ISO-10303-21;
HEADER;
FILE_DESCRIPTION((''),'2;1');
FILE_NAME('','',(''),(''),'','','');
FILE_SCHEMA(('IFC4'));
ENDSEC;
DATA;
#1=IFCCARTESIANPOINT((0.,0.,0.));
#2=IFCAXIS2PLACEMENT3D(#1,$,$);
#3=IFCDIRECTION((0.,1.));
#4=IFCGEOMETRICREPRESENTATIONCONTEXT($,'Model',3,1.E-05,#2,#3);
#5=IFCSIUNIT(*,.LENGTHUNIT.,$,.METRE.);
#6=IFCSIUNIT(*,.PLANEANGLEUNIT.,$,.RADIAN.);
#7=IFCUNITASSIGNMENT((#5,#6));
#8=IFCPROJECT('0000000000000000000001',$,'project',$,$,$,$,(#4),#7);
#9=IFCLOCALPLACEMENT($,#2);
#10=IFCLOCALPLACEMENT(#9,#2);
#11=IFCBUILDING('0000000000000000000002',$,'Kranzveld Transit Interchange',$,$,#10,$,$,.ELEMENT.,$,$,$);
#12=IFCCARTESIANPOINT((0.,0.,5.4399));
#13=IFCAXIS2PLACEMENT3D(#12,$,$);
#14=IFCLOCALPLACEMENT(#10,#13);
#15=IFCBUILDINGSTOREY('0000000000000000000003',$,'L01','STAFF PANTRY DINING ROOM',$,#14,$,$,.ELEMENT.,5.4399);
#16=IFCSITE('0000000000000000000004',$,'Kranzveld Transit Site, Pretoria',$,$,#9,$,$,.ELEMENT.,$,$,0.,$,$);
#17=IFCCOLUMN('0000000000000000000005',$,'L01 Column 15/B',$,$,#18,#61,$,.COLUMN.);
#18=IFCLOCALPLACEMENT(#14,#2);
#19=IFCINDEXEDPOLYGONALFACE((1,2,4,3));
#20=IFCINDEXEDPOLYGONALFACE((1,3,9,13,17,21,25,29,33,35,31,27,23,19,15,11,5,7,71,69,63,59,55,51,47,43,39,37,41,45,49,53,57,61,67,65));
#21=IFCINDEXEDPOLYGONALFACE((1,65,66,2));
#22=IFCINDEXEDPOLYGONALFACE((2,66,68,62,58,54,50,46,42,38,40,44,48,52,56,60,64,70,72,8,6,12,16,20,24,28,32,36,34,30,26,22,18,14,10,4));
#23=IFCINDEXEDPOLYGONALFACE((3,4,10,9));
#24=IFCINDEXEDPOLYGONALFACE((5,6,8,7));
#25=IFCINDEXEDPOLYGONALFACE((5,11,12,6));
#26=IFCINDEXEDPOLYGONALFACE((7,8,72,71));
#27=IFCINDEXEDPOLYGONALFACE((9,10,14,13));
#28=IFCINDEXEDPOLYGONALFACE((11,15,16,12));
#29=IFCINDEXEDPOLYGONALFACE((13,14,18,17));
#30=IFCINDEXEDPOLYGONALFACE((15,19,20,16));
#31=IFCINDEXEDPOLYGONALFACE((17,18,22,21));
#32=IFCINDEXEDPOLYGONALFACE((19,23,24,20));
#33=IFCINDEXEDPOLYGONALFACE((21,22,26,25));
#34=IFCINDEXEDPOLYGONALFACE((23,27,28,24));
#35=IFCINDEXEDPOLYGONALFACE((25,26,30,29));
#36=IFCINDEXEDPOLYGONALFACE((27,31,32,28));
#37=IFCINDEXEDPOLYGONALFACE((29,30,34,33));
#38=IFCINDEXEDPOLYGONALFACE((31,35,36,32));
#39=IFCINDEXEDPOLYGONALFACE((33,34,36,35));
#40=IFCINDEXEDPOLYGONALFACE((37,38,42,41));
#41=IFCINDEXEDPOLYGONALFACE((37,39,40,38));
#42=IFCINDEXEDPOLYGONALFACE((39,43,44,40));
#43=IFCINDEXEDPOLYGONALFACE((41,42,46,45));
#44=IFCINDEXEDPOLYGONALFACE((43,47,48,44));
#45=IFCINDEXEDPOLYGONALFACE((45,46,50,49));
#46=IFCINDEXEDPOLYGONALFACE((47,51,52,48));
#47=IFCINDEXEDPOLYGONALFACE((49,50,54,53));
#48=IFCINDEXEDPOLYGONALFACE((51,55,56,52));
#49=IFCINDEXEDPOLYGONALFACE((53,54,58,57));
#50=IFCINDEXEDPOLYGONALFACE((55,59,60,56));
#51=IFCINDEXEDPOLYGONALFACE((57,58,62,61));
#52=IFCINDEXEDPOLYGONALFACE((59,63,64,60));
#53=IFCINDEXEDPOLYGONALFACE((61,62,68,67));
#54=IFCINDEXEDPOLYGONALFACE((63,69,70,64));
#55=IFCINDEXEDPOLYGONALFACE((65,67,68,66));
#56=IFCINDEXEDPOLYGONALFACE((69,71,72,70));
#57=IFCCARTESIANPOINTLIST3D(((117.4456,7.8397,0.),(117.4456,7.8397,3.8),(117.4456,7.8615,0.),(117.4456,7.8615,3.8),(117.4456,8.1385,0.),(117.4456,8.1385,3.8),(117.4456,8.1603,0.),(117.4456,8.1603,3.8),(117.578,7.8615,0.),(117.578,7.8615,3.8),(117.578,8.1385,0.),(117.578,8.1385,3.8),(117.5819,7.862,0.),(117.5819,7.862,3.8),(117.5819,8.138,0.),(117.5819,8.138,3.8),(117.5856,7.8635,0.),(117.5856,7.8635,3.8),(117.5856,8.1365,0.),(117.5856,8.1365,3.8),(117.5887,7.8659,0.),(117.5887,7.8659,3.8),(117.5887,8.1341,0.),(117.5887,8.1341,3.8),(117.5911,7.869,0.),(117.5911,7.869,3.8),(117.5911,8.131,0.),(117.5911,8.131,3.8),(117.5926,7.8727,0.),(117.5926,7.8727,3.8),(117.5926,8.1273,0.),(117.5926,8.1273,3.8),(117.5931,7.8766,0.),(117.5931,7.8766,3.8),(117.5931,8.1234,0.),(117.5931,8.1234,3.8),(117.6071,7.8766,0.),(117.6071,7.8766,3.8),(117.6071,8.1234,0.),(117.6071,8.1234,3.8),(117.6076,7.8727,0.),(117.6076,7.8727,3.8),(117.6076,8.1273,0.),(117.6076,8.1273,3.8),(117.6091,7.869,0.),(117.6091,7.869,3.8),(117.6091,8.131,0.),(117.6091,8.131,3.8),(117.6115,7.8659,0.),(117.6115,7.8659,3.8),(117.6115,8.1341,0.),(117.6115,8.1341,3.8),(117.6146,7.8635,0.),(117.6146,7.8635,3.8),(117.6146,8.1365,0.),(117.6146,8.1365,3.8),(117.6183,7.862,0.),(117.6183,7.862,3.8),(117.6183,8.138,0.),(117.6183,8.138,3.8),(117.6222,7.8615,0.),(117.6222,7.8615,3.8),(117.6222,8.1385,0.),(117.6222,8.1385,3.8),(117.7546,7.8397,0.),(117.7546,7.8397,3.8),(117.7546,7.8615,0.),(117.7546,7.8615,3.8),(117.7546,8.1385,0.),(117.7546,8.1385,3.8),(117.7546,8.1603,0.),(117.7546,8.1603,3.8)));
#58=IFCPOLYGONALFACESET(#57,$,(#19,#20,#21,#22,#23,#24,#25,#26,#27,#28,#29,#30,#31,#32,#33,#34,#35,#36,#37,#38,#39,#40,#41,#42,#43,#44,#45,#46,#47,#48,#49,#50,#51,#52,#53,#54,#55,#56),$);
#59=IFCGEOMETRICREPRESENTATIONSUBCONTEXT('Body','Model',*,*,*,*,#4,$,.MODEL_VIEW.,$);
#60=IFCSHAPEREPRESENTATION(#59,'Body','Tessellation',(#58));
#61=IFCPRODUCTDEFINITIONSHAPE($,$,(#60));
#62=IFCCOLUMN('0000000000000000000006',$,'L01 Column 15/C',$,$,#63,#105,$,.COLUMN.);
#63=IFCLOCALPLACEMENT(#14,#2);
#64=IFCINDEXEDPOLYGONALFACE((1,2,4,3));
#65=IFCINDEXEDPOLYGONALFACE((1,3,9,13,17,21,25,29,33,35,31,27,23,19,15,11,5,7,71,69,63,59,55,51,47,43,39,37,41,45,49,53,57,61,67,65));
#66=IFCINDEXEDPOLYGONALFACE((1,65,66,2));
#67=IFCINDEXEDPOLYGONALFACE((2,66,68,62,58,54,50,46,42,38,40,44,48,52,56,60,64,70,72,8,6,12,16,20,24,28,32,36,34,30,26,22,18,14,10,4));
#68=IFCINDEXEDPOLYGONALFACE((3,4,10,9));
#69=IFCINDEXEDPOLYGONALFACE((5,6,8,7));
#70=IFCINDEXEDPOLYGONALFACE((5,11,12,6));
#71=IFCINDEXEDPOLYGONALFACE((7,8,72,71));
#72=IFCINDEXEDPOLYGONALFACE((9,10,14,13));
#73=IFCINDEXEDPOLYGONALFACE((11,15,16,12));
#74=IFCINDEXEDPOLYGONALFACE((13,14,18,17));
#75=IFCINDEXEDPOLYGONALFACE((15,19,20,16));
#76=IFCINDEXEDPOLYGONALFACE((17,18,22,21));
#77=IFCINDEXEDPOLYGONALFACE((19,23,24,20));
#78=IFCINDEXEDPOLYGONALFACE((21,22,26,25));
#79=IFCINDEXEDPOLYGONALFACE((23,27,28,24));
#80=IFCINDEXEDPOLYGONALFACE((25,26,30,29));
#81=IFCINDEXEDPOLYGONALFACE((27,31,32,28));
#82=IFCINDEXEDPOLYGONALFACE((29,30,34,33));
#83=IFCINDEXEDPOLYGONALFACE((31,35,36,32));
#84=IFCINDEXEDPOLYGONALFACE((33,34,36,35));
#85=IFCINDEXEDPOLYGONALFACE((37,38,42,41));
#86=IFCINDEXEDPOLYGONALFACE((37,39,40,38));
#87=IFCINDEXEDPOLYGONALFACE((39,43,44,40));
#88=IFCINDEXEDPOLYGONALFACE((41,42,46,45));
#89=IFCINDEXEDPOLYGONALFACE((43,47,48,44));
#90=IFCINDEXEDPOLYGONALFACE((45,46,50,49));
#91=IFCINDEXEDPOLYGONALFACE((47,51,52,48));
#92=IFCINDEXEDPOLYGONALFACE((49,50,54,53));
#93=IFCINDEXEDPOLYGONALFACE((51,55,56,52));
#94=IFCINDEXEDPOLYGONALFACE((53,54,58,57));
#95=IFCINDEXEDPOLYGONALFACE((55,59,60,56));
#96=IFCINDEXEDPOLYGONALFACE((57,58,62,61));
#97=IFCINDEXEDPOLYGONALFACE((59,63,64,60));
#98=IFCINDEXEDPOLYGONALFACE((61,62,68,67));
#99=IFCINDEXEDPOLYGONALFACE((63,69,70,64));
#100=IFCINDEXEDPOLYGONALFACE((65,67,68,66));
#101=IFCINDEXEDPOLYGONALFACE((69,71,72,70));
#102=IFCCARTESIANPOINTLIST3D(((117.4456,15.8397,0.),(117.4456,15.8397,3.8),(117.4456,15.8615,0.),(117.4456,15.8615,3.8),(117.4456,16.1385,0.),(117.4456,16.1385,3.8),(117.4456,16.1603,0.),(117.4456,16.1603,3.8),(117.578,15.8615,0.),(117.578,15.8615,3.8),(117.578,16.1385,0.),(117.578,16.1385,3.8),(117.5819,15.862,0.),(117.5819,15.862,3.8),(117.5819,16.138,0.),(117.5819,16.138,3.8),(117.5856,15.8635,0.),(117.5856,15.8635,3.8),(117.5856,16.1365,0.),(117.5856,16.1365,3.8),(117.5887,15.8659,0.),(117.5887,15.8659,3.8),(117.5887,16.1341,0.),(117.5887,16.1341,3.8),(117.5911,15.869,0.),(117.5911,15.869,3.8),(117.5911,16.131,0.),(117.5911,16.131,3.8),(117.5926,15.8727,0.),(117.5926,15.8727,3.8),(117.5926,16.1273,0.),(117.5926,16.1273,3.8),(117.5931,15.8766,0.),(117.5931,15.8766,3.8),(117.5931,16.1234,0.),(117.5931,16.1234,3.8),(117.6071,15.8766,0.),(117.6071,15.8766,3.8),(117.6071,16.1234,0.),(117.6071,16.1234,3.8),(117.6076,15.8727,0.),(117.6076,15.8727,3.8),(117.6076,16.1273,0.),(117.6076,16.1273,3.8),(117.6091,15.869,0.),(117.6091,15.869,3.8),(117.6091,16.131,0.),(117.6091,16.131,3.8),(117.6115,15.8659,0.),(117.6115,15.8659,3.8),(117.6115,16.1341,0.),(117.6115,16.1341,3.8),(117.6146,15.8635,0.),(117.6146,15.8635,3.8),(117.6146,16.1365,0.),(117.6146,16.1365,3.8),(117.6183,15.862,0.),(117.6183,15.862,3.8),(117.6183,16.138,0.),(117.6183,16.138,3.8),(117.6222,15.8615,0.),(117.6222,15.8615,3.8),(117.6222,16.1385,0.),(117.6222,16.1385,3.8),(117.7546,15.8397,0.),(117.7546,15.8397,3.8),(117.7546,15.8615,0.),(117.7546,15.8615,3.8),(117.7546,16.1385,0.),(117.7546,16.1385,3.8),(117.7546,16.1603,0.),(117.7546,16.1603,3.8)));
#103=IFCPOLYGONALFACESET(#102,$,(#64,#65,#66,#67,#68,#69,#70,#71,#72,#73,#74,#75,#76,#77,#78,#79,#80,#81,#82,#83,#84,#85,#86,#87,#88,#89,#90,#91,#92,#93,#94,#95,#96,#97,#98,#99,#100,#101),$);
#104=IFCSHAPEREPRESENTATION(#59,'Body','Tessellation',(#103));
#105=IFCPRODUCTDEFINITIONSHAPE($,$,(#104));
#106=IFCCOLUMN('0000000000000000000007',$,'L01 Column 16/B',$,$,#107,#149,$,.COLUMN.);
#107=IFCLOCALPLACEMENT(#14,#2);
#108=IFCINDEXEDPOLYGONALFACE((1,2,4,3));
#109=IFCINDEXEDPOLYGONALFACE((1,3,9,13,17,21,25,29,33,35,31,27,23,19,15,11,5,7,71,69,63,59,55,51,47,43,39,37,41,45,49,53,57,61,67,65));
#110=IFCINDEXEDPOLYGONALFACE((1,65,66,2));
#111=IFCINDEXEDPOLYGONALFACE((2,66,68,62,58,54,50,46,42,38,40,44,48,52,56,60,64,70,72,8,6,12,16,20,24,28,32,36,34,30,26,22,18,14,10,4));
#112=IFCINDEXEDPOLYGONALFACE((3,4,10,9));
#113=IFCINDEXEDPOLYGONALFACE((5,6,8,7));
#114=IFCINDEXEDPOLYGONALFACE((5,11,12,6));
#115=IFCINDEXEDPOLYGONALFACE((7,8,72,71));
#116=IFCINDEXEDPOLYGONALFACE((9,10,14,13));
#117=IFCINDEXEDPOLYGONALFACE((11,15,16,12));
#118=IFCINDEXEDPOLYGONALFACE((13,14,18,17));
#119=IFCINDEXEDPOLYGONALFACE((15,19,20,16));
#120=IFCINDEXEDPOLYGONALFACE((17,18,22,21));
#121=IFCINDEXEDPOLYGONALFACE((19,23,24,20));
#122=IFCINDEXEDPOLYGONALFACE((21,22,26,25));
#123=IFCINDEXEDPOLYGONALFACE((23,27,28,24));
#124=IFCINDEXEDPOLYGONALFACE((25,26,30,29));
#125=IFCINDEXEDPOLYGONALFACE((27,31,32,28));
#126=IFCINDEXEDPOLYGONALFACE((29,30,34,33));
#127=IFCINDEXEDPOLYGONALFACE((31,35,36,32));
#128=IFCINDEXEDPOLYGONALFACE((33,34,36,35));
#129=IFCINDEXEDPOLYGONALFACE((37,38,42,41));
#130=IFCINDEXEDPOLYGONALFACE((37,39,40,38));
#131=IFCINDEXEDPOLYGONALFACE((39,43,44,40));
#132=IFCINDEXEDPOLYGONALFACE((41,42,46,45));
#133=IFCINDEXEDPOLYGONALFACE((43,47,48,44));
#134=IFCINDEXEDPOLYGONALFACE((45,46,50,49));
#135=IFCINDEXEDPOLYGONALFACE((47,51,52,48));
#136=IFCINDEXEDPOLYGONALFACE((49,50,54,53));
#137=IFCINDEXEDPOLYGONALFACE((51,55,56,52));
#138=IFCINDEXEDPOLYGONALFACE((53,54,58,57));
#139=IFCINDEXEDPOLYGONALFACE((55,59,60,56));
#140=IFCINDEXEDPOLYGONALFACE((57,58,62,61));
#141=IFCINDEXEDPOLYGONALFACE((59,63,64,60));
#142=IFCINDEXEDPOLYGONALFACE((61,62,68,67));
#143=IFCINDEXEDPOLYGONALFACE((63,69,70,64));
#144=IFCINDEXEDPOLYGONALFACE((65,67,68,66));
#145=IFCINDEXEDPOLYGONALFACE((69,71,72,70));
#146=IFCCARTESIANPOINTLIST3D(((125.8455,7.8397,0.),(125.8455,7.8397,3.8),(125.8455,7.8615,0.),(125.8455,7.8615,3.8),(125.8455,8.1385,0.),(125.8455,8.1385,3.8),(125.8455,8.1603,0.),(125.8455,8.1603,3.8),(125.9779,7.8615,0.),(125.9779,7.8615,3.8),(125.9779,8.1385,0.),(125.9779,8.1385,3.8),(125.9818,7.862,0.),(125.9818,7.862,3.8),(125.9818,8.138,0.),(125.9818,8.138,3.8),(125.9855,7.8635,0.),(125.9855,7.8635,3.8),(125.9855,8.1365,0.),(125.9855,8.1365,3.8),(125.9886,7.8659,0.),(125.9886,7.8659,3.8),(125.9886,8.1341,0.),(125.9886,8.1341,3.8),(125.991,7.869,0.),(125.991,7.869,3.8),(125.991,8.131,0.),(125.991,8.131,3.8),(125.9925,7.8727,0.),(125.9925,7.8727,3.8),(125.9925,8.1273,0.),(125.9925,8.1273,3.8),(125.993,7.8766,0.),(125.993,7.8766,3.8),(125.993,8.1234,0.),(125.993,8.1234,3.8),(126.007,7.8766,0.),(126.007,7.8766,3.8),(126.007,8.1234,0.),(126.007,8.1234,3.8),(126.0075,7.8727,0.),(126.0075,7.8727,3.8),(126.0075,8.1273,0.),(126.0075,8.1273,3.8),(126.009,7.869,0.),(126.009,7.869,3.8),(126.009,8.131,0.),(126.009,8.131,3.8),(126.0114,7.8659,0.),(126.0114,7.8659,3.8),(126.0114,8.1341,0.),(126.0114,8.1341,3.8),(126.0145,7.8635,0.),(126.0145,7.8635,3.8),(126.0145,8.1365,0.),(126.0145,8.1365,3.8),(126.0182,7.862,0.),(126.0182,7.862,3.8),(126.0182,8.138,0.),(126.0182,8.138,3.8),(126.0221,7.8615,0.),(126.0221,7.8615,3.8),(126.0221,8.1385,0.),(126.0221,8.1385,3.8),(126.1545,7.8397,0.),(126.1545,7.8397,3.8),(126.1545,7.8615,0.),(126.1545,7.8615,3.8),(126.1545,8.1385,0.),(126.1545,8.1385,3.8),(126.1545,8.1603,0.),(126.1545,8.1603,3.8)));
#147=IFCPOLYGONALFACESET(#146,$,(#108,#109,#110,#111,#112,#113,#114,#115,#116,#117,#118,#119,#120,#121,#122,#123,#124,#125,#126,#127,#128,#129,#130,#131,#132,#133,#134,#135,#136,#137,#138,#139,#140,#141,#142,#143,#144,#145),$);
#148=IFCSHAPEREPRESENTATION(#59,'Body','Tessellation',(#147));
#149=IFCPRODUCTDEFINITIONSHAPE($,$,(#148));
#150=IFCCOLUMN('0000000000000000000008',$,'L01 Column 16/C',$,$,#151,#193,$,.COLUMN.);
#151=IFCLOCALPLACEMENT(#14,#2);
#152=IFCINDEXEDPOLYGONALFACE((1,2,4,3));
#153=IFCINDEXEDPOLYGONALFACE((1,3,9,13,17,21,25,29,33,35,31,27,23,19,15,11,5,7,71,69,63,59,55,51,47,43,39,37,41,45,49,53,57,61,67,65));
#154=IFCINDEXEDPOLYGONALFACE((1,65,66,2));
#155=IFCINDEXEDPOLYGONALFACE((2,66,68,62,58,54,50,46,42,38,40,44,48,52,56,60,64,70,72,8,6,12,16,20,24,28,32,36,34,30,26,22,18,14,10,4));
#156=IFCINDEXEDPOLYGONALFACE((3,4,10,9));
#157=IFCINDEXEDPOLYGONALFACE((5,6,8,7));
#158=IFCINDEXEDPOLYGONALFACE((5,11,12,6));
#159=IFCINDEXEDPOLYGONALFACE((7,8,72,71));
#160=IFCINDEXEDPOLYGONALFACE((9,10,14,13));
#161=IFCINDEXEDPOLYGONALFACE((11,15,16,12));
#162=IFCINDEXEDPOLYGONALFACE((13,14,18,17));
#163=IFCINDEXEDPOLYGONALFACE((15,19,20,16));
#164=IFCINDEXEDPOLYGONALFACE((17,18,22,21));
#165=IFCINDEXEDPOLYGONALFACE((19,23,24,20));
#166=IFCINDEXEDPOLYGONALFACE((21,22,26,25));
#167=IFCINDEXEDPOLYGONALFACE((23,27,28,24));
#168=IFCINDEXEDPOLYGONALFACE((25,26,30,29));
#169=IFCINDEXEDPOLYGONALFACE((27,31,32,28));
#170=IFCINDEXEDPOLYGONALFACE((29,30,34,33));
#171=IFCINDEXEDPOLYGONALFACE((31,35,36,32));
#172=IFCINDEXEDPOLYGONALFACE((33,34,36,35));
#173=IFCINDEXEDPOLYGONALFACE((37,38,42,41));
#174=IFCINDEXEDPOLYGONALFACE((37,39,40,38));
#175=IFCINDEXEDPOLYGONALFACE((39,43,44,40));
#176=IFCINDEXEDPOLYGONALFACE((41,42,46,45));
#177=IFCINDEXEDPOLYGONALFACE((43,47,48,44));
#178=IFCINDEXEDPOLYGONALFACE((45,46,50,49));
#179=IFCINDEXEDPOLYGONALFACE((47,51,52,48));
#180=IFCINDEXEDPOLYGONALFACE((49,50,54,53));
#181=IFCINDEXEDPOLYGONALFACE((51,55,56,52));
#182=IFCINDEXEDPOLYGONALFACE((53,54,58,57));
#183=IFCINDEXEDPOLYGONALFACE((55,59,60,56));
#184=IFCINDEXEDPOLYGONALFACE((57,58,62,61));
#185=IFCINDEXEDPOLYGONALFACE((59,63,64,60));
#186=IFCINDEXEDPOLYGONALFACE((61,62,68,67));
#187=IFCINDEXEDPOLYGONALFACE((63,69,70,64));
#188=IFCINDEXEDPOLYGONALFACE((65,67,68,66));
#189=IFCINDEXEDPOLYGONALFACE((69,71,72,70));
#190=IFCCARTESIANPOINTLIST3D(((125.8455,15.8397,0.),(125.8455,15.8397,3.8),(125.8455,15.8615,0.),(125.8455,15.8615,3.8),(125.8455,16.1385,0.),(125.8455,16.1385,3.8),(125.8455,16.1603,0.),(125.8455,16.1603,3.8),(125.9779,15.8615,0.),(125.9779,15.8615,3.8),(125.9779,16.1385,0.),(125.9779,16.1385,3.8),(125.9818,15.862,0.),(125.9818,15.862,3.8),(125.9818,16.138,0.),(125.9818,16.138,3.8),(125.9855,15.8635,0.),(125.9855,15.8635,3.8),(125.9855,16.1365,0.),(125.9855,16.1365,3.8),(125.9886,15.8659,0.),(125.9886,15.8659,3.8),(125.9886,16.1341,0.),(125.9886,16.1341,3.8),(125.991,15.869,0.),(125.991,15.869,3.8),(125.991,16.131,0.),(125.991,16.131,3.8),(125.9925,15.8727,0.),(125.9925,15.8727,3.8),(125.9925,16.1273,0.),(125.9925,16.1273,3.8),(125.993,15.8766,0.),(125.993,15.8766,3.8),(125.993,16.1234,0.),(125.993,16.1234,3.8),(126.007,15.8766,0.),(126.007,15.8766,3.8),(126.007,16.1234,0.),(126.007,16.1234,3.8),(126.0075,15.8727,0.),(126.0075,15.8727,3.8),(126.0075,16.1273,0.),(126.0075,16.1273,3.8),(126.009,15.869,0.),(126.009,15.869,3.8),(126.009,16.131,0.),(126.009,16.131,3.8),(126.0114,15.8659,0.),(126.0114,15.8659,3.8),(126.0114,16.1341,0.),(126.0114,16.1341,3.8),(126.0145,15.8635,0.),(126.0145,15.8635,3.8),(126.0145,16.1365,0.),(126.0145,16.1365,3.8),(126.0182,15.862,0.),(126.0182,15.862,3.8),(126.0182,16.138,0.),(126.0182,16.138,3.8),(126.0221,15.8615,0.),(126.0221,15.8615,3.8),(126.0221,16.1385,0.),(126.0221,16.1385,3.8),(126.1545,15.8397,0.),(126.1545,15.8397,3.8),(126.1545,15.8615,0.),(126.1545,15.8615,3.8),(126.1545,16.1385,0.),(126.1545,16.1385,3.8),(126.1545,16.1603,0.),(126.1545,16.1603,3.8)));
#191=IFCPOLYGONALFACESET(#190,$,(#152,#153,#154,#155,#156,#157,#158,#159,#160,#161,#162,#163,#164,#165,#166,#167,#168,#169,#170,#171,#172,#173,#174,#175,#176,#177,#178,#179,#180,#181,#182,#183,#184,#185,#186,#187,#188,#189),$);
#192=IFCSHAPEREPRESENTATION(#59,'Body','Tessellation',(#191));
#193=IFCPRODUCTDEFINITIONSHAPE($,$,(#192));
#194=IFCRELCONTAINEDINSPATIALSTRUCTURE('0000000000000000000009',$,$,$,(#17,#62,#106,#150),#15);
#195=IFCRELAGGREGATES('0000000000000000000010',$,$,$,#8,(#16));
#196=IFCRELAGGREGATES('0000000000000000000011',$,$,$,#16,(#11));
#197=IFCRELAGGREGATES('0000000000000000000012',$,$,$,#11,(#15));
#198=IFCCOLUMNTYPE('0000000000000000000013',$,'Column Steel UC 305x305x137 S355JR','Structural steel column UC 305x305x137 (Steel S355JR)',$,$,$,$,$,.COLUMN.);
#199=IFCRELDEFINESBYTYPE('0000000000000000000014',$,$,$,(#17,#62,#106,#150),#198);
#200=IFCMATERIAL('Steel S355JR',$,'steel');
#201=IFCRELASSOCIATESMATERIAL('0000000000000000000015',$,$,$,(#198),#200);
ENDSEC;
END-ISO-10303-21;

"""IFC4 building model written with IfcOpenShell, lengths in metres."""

from ifc_helpers import new_model, si_unit, direction, frame, origin, origin_2d, place, context, subcontext, project, spatial, i_section, extrude, material, material_profile, profile_set, type_object, element, save


model = new_model("IFC4")

# Units and contexts
model_context = context("Model", 3, precision=1e-05, world=origin(), true_north=direction((0.0, 1.0)))
body_context = subcontext(model_context, "Body", "Model", "MODEL_VIEW")
ifc_project = project(units=[si_unit("LENGTHUNIT", "METRE"), si_unit("PLANEANGLEUNIT", "RADIAN")], contexts=[model_context])

# Site, building, storey
site_placement = place(None, origin())
site = spatial("IfcSite", under=ifc_project, at=site_placement, Name="Kranzveld Transit Site, Pretoria", CompositionType="ELEMENT", RefElevation=0.0)
building_placement = place(site_placement, origin())
building = spatial("IfcBuilding", under=site, at=building_placement, Name="Kranzveld Transit Interchange", CompositionType="ELEMENT")
storey_placement = place(building_placement, frame((0.0, 0.0, 5.4399)))
storey = spatial("IfcBuildingStorey", under=building, at=storey_placement, Name="L01", Description="STAFF PANTRY DINING ROOM", CompositionType="ELEMENT", Elevation=5.4399)

# Columns
ifc_material_1 = material(Name="Steel S355JR", Category="steel")
ifc_material_profile_1 = material_profile(ifc_material_1, i_section(OverallWidth=0.3091, OverallDepth=0.3206, WebThickness=0.0139, FlangeThickness=0.0217, FilletRadius=0.0151, at=origin_2d()), Name="UC 305x305x137")
ifc_profile_set_1 = profile_set([ifc_material_profile_1], Name="Steel S355JR")
column_type = type_object("IfcColumnType", Name="Column Steel UC 305x305x137 S355JR", Description="Structural steel column UC 305x305x137 (Steel S355JR)", PredefinedType="COLUMN", material=ifc_profile_set_1)
for number, where, z_axis, x_axis, name in (
    (1, (117.6001, 8.0, 0.0), (0.0, 0.0, 1.0), (1.0, 0.0, 0.0), "L01 Column 15/B"),
    (2, (117.6001, 16.0, 0.0), (0.0, 0.0, 1.0), (1.0, 0.0, 0.0), "L01 Column 15/C"),
    (3, (126.0, 8.0, 0.0), (0.0, 0.0, 1.0), (1.0, 0.0, 0.0), "L01 Column 16/B"),
    (4, (126.0, 16.0, 0.0), (0.0, 0.0, 1.0), (1.0, 0.0, 0.0), "L01 Column 16/C"),
):
    element("IfcColumn", number, at=place(storey_placement, frame(where, z_axis=z_axis, x_axis=x_axis)), inside=storey, type_object=column_type, Name=name, PredefinedType="COLUMN", context=body_context, shape_type="SweptSolid", body=[
        extrude(i_section(OverallWidth=0.3091, OverallDepth=0.3206, WebThickness=0.0139, FlangeThickness=0.0217, FilletRadius=0.0151, at=origin_2d()), origin(), (0.0, 0.0, 1.0), 3.8),
    ])

save(model, "model.ifc")
